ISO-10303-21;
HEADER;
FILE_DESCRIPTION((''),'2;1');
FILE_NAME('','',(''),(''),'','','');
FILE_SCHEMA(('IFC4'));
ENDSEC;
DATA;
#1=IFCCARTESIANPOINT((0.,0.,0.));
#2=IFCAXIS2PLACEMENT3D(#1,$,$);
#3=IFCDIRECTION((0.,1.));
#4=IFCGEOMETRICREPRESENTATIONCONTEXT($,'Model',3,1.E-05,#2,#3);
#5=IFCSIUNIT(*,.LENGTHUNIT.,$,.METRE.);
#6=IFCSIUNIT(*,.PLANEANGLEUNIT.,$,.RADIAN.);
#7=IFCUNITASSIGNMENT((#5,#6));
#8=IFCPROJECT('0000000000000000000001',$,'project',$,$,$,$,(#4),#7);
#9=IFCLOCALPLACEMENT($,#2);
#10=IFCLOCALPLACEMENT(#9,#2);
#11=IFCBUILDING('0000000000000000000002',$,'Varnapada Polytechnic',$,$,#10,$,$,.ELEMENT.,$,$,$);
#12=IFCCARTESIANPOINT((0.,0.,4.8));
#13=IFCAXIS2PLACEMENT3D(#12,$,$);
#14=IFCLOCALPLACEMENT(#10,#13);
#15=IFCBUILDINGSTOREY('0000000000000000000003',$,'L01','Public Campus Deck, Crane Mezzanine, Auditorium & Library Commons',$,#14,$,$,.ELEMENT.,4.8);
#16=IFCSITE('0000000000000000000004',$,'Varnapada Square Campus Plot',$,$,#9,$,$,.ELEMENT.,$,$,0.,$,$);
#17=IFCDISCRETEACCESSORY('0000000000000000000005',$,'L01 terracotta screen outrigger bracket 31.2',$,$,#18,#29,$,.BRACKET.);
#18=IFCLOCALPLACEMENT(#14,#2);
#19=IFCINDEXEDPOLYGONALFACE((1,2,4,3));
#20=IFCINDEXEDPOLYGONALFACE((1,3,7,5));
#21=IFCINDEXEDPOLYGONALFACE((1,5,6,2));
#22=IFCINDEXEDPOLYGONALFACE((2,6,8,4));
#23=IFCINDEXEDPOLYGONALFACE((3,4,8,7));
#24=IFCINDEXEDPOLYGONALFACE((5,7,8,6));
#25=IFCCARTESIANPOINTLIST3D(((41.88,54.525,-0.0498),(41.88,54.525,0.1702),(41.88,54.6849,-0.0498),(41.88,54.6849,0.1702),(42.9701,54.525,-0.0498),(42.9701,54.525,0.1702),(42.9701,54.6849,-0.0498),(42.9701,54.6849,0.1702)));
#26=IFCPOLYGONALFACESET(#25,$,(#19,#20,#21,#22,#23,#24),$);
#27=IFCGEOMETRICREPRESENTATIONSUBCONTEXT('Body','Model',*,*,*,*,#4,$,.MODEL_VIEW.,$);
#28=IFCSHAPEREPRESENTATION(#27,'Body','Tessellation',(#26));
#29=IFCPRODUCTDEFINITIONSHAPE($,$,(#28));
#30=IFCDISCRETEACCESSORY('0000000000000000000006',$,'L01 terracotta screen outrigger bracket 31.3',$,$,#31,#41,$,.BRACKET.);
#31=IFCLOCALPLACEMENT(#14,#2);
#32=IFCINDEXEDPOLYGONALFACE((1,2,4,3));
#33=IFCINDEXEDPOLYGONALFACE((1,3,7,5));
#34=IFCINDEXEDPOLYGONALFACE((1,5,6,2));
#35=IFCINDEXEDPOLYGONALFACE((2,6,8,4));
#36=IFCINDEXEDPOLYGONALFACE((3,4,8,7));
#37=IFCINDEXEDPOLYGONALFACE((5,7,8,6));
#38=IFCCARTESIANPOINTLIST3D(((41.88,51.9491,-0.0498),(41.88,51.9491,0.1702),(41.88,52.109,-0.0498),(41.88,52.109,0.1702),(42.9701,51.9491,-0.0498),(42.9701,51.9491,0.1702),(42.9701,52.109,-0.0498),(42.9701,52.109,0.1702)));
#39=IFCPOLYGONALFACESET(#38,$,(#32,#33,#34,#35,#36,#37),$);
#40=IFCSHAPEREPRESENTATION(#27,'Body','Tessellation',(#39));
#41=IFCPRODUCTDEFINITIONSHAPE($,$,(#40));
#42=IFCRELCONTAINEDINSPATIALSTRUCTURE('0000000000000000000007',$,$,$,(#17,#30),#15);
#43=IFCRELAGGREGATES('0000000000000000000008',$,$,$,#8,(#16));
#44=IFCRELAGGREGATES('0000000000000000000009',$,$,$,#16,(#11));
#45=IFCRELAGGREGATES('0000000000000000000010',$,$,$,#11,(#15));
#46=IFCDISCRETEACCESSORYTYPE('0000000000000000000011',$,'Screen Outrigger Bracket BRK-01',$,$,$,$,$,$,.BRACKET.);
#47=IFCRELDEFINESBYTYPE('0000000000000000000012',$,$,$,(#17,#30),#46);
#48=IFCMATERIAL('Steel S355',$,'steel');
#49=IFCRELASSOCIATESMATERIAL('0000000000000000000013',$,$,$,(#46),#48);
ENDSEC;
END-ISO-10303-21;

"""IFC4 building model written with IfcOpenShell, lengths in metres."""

from ifc_helpers import new_model, si_unit, direction, frame, origin, origin_2d, place, context, subcontext, project, spatial, rectangle, extrude, material, type_object, element, save


model = new_model("IFC4")

# Units and contexts
model_context = context("Model", 3, precision=1e-05, world=origin(), true_north=direction((0.0, 1.0)))
body_context = subcontext(model_context, "Body", "Model", "MODEL_VIEW")
ifc_project = project(units=[si_unit("LENGTHUNIT", "METRE"), si_unit("PLANEANGLEUNIT", "RADIAN")], contexts=[model_context])

# Site, building, storey
site_placement = place(None, origin())
site = spatial("IfcSite", under=ifc_project, at=site_placement, Name="Varnapada Square Campus Plot", CompositionType="ELEMENT", RefElevation=0.0)
building_placement = place(site_placement, origin())
building = spatial("IfcBuilding", under=site, at=building_placement, Name="Varnapada Polytechnic", CompositionType="ELEMENT")
storey_placement = place(building_placement, frame((0.0, 0.0, 4.8)))
storey = spatial("IfcBuildingStorey", under=building, at=storey_placement, Name="L01", Description="Public Campus Deck, Crane Mezzanine, Auditorium & Library Commons", CompositionType="ELEMENT", Elevation=4.8)

# Discrete accessories
ifc_material_1 = material(Name="Steel S355", Category="steel")
discrete_accessory_type = type_object("IfcDiscreteAccessoryType", Name="Screen Outrigger Bracket BRK-01", PredefinedType="BRACKET", material=ifc_material_1)
for number, where, z_axis, x_axis, name in (
    (1, (42.425, 54.605, -0.0498), (0.0, 0.0, 1.0), (0.0, -1.0, 0.0), "L01 terracotta screen outrigger bracket 31.2"),
    (2, (42.425, 52.0291, -0.0498), (0.0, 0.0, 1.0), (0.0, -1.0, 0.0), "L01 terracotta screen outrigger bracket 31.3"),
):
    element("IfcDiscreteAccessory", number, at=place(storey_placement, frame(where, z_axis=z_axis, x_axis=x_axis)), inside=storey, type_object=discrete_accessory_type, Name=name, PredefinedType="BRACKET", context=body_context, shape_type="SweptSolid", body=[
        extrude(rectangle(XDim=0.1599, YDim=1.0901, at=origin_2d()), origin(), (0.0, 0.0, 1.0), 0.22),
    ])

save(model, "model.ifc")
